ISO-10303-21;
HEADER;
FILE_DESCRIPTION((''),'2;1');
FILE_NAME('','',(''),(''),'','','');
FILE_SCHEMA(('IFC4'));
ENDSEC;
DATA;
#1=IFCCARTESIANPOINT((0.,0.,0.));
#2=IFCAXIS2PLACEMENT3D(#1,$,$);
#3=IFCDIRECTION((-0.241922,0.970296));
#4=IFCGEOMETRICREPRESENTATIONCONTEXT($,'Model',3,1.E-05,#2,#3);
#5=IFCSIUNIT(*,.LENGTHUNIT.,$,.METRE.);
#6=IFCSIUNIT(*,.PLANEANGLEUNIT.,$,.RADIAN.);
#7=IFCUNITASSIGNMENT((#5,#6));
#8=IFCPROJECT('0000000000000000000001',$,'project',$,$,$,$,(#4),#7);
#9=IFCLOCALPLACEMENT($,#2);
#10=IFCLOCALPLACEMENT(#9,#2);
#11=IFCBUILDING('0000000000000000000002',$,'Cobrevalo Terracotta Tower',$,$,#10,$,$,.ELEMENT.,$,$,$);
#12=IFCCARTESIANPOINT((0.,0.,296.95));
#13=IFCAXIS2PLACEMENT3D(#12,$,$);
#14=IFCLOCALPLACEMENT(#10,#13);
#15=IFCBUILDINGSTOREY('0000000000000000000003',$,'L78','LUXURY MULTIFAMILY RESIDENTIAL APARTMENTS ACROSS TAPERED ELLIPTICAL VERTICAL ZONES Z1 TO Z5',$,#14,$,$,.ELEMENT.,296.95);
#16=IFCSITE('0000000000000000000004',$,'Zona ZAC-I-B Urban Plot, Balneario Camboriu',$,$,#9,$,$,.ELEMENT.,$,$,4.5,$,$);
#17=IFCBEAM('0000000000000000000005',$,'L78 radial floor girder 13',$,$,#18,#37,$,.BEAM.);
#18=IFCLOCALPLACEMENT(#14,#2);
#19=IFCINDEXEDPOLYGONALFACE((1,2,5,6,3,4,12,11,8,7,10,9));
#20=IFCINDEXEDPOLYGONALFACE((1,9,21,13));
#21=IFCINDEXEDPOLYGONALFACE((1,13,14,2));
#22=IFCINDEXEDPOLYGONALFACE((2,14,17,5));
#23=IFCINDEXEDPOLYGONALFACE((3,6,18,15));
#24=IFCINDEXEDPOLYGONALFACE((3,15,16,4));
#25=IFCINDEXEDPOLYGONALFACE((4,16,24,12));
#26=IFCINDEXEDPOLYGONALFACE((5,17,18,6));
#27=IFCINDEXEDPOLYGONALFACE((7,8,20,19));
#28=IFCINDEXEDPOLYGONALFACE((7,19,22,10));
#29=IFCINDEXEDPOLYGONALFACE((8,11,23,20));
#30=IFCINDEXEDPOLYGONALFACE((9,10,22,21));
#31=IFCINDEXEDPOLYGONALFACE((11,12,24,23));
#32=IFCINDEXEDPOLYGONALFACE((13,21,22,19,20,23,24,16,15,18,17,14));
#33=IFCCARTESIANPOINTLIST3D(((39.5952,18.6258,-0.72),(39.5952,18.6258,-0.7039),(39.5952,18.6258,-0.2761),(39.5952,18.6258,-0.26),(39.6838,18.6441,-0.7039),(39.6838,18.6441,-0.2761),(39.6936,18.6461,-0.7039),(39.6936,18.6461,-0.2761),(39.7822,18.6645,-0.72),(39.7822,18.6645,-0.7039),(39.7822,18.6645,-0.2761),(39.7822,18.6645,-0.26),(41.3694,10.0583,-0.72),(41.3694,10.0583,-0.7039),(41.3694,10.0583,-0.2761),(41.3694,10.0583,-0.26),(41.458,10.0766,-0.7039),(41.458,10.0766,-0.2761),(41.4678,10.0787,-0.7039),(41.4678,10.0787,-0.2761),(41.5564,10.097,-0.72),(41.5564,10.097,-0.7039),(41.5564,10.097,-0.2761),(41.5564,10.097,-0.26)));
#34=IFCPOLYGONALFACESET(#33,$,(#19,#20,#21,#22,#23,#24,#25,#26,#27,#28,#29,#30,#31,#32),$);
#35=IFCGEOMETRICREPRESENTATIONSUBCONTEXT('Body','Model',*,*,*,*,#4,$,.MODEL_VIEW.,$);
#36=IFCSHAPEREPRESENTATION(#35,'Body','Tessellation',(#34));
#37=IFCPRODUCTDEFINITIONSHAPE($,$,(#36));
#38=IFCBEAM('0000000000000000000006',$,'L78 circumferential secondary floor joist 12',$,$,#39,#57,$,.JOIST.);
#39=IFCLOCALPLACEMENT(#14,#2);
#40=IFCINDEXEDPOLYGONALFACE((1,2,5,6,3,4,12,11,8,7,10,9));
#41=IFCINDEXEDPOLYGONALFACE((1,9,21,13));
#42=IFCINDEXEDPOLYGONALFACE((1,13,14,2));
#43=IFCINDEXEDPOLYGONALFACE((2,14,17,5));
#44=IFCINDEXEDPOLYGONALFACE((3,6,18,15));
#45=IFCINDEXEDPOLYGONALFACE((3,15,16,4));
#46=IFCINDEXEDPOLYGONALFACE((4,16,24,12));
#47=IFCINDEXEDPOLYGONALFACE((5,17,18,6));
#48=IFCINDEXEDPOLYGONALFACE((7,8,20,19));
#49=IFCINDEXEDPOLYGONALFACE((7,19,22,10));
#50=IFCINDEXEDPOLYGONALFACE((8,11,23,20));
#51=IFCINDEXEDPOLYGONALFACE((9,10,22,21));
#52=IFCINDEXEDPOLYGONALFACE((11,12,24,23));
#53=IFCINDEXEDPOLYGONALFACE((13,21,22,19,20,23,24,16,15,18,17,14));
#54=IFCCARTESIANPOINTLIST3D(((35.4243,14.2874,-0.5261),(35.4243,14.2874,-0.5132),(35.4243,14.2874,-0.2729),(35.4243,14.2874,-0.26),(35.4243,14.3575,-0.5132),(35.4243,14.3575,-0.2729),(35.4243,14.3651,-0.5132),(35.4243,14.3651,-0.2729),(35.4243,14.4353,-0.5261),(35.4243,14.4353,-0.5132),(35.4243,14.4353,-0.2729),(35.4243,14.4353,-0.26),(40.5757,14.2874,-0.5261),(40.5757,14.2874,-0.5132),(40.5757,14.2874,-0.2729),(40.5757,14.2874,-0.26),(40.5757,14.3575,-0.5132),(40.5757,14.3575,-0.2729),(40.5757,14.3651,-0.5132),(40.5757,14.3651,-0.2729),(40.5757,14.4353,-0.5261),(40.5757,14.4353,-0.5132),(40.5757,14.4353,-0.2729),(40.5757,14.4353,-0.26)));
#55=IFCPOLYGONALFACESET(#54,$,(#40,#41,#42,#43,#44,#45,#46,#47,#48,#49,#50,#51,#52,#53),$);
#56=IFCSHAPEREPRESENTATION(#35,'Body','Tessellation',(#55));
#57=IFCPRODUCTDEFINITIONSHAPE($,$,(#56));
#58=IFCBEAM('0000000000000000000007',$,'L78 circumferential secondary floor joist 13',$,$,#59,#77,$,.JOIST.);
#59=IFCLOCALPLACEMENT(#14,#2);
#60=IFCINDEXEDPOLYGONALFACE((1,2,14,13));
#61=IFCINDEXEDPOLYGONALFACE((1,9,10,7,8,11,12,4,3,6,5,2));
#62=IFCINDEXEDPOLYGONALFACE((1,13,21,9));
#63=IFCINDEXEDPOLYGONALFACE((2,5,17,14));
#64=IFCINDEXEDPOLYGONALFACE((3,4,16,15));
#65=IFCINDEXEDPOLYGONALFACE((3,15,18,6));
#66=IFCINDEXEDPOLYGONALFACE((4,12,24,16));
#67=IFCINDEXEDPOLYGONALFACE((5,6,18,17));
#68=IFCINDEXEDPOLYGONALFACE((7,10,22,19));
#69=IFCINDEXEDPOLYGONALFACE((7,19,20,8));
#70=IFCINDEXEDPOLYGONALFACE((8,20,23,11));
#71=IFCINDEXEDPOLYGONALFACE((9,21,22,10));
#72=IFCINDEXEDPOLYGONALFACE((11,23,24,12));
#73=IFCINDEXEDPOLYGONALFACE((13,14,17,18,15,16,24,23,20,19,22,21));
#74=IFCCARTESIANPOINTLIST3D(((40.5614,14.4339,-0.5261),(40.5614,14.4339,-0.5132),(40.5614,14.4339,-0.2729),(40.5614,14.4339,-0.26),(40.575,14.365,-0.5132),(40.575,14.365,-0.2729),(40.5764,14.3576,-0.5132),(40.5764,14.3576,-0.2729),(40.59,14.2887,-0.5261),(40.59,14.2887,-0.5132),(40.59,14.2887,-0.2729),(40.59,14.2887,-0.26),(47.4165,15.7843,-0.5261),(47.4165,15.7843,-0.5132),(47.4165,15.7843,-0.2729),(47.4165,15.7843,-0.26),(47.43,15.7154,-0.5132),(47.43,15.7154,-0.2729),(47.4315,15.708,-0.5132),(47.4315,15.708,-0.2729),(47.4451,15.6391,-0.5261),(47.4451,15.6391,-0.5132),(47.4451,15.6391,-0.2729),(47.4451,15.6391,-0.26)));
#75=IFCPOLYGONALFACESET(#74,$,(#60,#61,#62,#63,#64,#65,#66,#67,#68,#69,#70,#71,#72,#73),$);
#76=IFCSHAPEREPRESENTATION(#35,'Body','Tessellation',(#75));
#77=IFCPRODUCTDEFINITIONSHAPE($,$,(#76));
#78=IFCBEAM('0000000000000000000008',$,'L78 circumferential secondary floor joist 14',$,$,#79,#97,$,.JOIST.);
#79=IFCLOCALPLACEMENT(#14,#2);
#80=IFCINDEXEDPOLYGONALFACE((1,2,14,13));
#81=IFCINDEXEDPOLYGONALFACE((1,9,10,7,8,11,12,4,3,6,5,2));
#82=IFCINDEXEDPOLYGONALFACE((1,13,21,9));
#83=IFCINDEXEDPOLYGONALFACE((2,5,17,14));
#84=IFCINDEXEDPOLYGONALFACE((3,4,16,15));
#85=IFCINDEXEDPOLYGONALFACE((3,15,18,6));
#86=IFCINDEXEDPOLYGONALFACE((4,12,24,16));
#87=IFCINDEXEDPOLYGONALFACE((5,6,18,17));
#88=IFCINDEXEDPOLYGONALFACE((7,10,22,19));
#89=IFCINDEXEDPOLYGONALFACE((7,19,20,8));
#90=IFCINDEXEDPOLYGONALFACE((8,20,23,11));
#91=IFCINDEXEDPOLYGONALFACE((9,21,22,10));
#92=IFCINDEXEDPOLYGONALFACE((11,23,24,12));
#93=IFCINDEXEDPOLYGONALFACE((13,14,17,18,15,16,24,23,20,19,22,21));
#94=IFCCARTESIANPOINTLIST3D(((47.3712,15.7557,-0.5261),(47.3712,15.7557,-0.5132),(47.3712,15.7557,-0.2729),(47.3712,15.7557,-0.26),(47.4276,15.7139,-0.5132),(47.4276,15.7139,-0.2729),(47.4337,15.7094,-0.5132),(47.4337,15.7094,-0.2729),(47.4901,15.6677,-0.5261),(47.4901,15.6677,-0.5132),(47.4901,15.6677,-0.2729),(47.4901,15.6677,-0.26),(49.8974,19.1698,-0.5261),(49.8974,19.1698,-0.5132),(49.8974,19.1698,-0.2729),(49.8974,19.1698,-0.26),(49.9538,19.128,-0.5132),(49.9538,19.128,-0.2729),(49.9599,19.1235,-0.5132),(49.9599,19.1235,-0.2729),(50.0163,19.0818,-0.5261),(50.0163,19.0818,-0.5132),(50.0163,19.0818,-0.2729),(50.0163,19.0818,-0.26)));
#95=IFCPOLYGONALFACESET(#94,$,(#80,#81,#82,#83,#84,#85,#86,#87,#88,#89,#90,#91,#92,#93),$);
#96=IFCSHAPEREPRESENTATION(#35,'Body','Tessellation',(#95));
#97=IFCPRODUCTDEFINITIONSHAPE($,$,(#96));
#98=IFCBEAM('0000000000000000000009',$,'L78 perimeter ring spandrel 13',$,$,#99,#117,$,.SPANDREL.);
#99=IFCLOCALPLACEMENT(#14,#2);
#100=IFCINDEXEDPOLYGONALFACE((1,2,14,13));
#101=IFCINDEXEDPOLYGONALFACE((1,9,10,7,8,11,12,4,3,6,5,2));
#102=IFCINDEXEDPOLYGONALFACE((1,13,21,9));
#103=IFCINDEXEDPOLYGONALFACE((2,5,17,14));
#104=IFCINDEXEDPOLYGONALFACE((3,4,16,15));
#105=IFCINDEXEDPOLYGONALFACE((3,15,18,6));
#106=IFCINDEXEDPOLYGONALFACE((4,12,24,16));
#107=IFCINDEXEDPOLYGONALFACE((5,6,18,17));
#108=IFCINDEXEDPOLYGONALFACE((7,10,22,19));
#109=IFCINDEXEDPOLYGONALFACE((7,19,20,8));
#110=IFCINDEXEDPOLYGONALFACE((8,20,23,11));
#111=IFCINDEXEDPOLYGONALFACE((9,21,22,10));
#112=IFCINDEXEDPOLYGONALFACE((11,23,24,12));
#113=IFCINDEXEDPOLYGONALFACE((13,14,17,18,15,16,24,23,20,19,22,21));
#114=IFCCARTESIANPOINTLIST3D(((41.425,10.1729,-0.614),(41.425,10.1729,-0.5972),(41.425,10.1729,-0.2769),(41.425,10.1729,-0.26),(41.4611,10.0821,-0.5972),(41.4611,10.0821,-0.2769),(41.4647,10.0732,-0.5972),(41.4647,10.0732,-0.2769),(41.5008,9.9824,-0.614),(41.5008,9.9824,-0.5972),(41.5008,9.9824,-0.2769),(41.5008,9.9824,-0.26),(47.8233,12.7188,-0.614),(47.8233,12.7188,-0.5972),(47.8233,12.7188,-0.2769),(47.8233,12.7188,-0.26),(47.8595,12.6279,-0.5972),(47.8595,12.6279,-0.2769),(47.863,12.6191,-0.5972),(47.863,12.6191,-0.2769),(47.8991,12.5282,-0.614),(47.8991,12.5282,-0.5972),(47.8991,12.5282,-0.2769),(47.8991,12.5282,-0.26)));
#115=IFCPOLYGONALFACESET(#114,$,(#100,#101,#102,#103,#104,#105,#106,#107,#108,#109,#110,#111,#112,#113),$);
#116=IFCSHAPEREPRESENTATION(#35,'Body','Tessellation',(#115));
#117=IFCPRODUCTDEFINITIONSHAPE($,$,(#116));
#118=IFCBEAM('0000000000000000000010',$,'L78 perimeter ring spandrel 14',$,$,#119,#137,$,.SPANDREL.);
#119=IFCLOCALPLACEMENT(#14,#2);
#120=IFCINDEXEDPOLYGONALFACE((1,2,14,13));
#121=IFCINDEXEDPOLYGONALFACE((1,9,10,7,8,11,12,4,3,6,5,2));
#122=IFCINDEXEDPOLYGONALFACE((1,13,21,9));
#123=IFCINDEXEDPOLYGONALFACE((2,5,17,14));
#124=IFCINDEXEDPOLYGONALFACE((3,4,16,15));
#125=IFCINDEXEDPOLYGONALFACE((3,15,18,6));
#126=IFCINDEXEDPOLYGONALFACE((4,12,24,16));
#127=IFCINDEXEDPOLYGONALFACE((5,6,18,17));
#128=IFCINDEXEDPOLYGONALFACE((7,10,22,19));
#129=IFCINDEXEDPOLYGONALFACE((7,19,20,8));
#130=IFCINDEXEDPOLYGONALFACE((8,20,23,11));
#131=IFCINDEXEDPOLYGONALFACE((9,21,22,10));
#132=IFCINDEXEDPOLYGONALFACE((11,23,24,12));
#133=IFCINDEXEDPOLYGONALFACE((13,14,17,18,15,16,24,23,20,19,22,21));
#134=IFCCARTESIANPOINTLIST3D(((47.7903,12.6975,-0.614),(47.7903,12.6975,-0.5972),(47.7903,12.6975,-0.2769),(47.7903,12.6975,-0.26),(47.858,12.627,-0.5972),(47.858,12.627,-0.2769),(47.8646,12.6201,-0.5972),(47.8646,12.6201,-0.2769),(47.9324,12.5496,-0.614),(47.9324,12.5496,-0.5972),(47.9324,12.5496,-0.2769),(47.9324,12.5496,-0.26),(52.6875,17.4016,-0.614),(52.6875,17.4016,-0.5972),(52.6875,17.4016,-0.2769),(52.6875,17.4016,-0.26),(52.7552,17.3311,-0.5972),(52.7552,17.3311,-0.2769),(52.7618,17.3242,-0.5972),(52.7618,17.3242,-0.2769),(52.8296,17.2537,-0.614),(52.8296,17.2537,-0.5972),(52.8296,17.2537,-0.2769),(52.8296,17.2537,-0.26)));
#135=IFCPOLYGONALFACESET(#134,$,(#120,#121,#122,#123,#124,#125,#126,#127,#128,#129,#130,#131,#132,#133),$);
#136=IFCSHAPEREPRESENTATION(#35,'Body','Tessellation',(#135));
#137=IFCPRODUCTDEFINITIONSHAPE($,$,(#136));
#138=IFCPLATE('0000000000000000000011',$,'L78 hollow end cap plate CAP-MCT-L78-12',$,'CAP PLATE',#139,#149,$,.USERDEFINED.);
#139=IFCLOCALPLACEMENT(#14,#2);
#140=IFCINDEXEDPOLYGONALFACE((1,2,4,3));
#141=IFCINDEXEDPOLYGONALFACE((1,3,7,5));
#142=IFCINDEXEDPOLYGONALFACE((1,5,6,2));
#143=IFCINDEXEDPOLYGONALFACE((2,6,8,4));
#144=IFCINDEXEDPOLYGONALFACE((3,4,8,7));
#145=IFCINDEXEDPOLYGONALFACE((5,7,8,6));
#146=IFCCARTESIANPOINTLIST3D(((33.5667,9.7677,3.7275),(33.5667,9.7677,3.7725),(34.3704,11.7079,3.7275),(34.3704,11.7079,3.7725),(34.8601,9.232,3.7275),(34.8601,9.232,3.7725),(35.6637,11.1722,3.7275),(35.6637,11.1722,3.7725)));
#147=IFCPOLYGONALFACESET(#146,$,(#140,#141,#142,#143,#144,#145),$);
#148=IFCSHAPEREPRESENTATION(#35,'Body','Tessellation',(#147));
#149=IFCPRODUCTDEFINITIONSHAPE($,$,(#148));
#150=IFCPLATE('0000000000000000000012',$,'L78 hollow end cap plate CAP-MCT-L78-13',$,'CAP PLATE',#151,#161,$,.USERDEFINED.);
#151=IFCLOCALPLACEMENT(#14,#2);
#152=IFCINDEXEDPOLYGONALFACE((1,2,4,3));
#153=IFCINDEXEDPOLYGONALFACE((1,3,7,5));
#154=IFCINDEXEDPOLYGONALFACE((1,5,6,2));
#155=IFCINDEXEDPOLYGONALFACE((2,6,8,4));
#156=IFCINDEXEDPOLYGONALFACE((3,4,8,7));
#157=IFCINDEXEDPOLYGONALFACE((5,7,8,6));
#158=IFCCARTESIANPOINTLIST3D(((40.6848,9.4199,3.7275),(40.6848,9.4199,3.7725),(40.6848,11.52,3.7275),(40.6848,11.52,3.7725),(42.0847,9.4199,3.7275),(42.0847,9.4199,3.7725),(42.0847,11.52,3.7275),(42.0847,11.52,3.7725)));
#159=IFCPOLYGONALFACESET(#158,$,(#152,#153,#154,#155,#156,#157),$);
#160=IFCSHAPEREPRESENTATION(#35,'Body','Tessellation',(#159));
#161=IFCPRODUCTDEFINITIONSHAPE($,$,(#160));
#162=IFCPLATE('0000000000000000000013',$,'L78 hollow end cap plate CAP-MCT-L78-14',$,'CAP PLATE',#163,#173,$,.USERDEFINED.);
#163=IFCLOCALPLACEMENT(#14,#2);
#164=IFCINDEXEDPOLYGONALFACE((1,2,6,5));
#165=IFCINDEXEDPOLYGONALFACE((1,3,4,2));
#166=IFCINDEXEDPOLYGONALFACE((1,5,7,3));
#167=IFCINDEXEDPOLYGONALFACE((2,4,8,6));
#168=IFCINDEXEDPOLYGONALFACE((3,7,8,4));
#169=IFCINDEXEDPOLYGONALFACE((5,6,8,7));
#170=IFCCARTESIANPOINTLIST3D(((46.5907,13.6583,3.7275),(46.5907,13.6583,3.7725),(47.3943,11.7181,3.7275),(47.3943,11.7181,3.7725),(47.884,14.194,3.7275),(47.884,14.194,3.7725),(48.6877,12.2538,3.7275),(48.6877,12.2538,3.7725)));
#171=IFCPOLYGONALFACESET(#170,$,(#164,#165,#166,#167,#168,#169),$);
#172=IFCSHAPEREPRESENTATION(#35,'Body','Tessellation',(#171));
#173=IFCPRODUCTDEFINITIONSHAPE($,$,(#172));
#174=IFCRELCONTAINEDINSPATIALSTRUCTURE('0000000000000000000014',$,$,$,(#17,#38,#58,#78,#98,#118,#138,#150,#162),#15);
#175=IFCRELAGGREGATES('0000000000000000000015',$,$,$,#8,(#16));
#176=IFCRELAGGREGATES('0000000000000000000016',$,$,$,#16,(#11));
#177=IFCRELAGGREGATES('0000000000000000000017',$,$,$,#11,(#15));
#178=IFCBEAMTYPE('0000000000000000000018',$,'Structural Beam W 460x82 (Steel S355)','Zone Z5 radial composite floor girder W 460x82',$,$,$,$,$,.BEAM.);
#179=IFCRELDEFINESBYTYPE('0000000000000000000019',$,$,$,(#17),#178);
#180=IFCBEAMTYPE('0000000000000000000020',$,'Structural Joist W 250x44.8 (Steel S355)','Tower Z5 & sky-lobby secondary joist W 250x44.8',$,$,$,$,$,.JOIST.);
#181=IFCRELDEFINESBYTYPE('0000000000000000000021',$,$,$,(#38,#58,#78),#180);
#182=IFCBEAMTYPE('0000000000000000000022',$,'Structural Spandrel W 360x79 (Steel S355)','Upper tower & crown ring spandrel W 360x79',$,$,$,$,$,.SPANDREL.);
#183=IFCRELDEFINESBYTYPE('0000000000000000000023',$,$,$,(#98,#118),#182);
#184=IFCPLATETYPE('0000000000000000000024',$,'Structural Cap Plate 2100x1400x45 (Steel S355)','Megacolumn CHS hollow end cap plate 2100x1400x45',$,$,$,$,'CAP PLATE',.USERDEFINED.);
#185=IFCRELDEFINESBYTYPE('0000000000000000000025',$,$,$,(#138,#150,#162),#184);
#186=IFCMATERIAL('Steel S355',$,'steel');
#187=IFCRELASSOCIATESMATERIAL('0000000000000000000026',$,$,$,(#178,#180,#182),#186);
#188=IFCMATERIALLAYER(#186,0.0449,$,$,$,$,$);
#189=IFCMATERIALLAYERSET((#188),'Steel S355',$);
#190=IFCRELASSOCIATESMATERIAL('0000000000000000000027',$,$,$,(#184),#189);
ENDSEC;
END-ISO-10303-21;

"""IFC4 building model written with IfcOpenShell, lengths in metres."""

from ifc_helpers import new_model, si_unit, direction, frame, origin, origin_2d, place, context, subcontext, project, spatial, rectangle, i_section, extrude, source, transform, mapped, material, layer, layer_set, material_profile, profile_set, type_object, element, save


model = new_model("IFC4")

# Units and contexts
model_context = context("Model", 3, precision=1e-05, world=origin(), true_north=direction((-0.241922, 0.970296)))
body_context = subcontext(model_context, "Body", "Model", "MODEL_VIEW")
ifc_project = project(units=[si_unit("LENGTHUNIT", "METRE"), si_unit("PLANEANGLEUNIT", "RADIAN")], contexts=[model_context])

# Site, building, storey
site_placement = place(None, origin())
site = spatial("IfcSite", under=ifc_project, at=site_placement, Name="Zona ZAC-I-B Urban Plot, Balneario Camboriu", CompositionType="ELEMENT", RefElevation=4.5)
building_placement = place(site_placement, origin())
building = spatial("IfcBuilding", under=site, at=building_placement, Name="Cobrevalo Terracotta Tower", CompositionType="ELEMENT")
storey_placement = place(building_placement, frame((0.0, 0.0, 296.95)))
storey = spatial("IfcBuildingStorey", under=building, at=storey_placement, Name="L78", Description="LUXURY MULTIFAMILY RESIDENTIAL APARTMENTS ACROSS TAPERED ELLIPTICAL VERTICAL ZONES Z1 TO Z5", CompositionType="ELEMENT", Elevation=296.95)

# Shared definitions
ifc_material_1 = material(Name="Steel S355", Category="steel")

# Beams
ifc_material_profile_1 = material_profile(ifc_material_1, i_section(OverallWidth=0.1909, OverallDepth=0.46, WebThickness=0.01, FlangeThickness=0.0161, at=origin_2d()), Name="W 460x82")
ifc_profile_set_1 = profile_set([ifc_material_profile_1], Name="Steel S355")
beam_type_1 = type_object("IfcBeamType", Name="Structural Beam W 460x82 (Steel S355)", Description="Zone Z5 radial composite floor girder W 460x82", PredefinedType="BEAM", material=ifc_profile_set_1)
beam_1_placement = place(storey_placement, frame((41.4629, 10.0776, -0.49), z_axis=(-0.202782, 0.979224, 0.0), x_axis=(-0.979224, -0.202782, 0.0)))
element("IfcBeam", 1, at=beam_1_placement, inside=storey, type_object=beam_type_1, Name="L78 radial floor girder 13", PredefinedType="BEAM", context=body_context, shape_type="SweptSolid", body=[
    extrude(i_section(OverallWidth=0.1909, OverallDepth=0.46, WebThickness=0.01, FlangeThickness=0.0161, at=origin_2d()), origin(), (0.0, 0.0, 1.0), 8.7493),
])
ifc_material_profile_2 = material_profile(ifc_material_1, i_section(OverallWidth=0.1479, OverallDepth=0.2661, WebThickness=0.0076, FlangeThickness=0.0129, at=origin_2d()), Name="W 250x44.8")
ifc_profile_set_2 = profile_set([ifc_material_profile_2], Name="Steel S355")
beam_type_2 = type_object("IfcBeamType", Name="Structural Joist W 250x44.8 (Steel S355)", Description="Tower Z5 & sky-lobby secondary joist W 250x44.8", PredefinedType="JOIST", material=ifc_profile_set_2)
beam_2_placement = place(storey_placement, frame((35.4243, 14.3613, -0.3931), z_axis=(1.0, 0.0, 0.0), x_axis=(0.0, 1.0, 0.0)))
element("IfcBeam", 2, at=beam_2_placement, inside=storey, type_object=beam_type_2, Name="L78 circumferential secondary floor joist 12", PredefinedType="JOIST", context=body_context, shape_type="SweptSolid", body=[
    extrude(i_section(OverallWidth=0.1479, OverallDepth=0.2661, WebThickness=0.0076, FlangeThickness=0.0129, at=origin_2d()), origin(), (0.0, 0.0, 1.0), 5.1514),
])
beam_3_placement = place(storey_placement, frame((40.5757, 14.3613, -0.3931), z_axis=(0.981145, 0.193273, 0.0), x_axis=(-0.193273, 0.981145, 0.0)))
element("IfcBeam", 3, at=beam_3_placement, inside=storey, type_object=beam_type_2, Name="L78 circumferential secondary floor joist 13", PredefinedType="JOIST", context=body_context, shape_type="SweptSolid", body=[
    extrude(i_section(OverallWidth=0.1479, OverallDepth=0.2661, WebThickness=0.0076, FlangeThickness=0.0129, at=origin_2d()), origin(), (0.0, 0.0, 1.0), 6.9868),
])
beam_4_placement = place(storey_placement, frame((47.4307, 15.7117, -0.3931), z_axis=(0.5948, 0.803874, 0.0), x_axis=(-0.803874, 0.5948, 0.0)))
element("IfcBeam", 4, at=beam_4_placement, inside=storey, type_object=beam_type_2, Name="L78 circumferential secondary floor joist 14", PredefinedType="JOIST", context=body_context, shape_type="SweptSolid", body=[
    extrude(i_section(OverallWidth=0.1479, OverallDepth=0.2661, WebThickness=0.0076, FlangeThickness=0.0129, at=origin_2d()), origin(), (0.0, 0.0, 1.0), 4.2471),
])
ifc_material_profile_3 = material_profile(ifc_material_1, i_section(OverallWidth=0.2051, OverallDepth=0.354, WebThickness=0.0095, FlangeThickness=0.0168, at=origin_2d()), Name="W 360x79")
ifc_profile_set_3 = profile_set([ifc_material_profile_3], Name="Steel S355")
beam_type_3 = type_object("IfcBeamType", Name="Structural Spandrel W 360x79 (Steel S355)", Description="Upper tower & crown ring spandrel W 360x79", PredefinedType="SPANDREL", material=ifc_profile_set_3)
beam_5_placement = place(storey_placement, frame((41.4629, 10.0776, -0.437), z_axis=(0.92915, 0.369703, 0.0), x_axis=(-0.369703, 0.92915, 0.0)))
element("IfcBeam", 5, at=beam_5_placement, inside=storey, type_object=beam_type_3, Name="L78 perimeter ring spandrel 13", PredefinedType="SPANDREL", context=body_context, shape_type="SweptSolid", body=[
    extrude(i_section(OverallWidth=0.2051, OverallDepth=0.354, WebThickness=0.0095, FlangeThickness=0.0168, at=origin_2d()), origin(), (0.0, 0.0, 1.0), 6.8862),
])
beam_6_placement = place(storey_placement, frame((47.8613, 12.6235, -0.437), z_axis=(0.721183, 0.692744, 0.0), x_axis=(-0.692744, 0.721183, 0.0)))
element("IfcBeam", 6, at=beam_6_placement, inside=storey, type_object=beam_type_3, Name="L78 perimeter ring spandrel 14", PredefinedType="SPANDREL", context=body_context, shape_type="SweptSolid", body=[
    extrude(i_section(OverallWidth=0.2051, OverallDepth=0.354, WebThickness=0.0095, FlangeThickness=0.0168, at=origin_2d()), origin(), (0.0, 0.0, 1.0), 6.7905),
])

# Plates
ifc_layer_1 = layer(ifc_material_1, 0.0449)
ifc_layer_set_1 = layer_set([ifc_layer_1], Name="Steel S355")
plate_type = type_object("IfcPlateType", Name="Structural Cap Plate 2100x1400x45 (Steel S355)", Description="Megacolumn CHS hollow end cap plate 2100x1400x45", ElementType="CAP PLATE", PredefinedType="USERDEFINED", material=ifc_layer_set_1)
shared_shape_1 = source(origin(), body_context, "Body", "SweptSolid", [
    extrude(rectangle(XDim=2.1001, YDim=1.3999, at=origin_2d()), origin(), (0.0, 0.0, 1.0), 0.0449),
])
for number, where, z_axis, x_axis, name in (
    (7, (34.6152, 10.47, 3.7275), (0.0, 0.0, 1.0), (-0.382683, -0.92388, 0.0), "L78 hollow end cap plate CAP-MCT-L78-12"),
    (8, (41.3848, 10.47, 3.7275), (0.0, 0.0, 1.0), (0.0, -1.0, 0.0), "L78 hollow end cap plate CAP-MCT-L78-13"),
    (9, (47.6392, 12.9561, 3.7275), (0.0, 0.0, 1.0), (0.382683, -0.92388, 0.0), "L78 hollow end cap plate CAP-MCT-L78-14"),
):
    element("IfcPlate", number, at=place(storey_placement, frame(where, z_axis=z_axis, x_axis=x_axis)), inside=storey, type_object=plate_type, Name=name, ObjectType="CAP PLATE", PredefinedType="USERDEFINED", context=body_context, shape_type="MappedRepresentation", body=[
        mapped(shared_shape_1, transform((0.0, 0.0, 0.0), scale=1.0)),
    ])

save(model, "model.ifc")
